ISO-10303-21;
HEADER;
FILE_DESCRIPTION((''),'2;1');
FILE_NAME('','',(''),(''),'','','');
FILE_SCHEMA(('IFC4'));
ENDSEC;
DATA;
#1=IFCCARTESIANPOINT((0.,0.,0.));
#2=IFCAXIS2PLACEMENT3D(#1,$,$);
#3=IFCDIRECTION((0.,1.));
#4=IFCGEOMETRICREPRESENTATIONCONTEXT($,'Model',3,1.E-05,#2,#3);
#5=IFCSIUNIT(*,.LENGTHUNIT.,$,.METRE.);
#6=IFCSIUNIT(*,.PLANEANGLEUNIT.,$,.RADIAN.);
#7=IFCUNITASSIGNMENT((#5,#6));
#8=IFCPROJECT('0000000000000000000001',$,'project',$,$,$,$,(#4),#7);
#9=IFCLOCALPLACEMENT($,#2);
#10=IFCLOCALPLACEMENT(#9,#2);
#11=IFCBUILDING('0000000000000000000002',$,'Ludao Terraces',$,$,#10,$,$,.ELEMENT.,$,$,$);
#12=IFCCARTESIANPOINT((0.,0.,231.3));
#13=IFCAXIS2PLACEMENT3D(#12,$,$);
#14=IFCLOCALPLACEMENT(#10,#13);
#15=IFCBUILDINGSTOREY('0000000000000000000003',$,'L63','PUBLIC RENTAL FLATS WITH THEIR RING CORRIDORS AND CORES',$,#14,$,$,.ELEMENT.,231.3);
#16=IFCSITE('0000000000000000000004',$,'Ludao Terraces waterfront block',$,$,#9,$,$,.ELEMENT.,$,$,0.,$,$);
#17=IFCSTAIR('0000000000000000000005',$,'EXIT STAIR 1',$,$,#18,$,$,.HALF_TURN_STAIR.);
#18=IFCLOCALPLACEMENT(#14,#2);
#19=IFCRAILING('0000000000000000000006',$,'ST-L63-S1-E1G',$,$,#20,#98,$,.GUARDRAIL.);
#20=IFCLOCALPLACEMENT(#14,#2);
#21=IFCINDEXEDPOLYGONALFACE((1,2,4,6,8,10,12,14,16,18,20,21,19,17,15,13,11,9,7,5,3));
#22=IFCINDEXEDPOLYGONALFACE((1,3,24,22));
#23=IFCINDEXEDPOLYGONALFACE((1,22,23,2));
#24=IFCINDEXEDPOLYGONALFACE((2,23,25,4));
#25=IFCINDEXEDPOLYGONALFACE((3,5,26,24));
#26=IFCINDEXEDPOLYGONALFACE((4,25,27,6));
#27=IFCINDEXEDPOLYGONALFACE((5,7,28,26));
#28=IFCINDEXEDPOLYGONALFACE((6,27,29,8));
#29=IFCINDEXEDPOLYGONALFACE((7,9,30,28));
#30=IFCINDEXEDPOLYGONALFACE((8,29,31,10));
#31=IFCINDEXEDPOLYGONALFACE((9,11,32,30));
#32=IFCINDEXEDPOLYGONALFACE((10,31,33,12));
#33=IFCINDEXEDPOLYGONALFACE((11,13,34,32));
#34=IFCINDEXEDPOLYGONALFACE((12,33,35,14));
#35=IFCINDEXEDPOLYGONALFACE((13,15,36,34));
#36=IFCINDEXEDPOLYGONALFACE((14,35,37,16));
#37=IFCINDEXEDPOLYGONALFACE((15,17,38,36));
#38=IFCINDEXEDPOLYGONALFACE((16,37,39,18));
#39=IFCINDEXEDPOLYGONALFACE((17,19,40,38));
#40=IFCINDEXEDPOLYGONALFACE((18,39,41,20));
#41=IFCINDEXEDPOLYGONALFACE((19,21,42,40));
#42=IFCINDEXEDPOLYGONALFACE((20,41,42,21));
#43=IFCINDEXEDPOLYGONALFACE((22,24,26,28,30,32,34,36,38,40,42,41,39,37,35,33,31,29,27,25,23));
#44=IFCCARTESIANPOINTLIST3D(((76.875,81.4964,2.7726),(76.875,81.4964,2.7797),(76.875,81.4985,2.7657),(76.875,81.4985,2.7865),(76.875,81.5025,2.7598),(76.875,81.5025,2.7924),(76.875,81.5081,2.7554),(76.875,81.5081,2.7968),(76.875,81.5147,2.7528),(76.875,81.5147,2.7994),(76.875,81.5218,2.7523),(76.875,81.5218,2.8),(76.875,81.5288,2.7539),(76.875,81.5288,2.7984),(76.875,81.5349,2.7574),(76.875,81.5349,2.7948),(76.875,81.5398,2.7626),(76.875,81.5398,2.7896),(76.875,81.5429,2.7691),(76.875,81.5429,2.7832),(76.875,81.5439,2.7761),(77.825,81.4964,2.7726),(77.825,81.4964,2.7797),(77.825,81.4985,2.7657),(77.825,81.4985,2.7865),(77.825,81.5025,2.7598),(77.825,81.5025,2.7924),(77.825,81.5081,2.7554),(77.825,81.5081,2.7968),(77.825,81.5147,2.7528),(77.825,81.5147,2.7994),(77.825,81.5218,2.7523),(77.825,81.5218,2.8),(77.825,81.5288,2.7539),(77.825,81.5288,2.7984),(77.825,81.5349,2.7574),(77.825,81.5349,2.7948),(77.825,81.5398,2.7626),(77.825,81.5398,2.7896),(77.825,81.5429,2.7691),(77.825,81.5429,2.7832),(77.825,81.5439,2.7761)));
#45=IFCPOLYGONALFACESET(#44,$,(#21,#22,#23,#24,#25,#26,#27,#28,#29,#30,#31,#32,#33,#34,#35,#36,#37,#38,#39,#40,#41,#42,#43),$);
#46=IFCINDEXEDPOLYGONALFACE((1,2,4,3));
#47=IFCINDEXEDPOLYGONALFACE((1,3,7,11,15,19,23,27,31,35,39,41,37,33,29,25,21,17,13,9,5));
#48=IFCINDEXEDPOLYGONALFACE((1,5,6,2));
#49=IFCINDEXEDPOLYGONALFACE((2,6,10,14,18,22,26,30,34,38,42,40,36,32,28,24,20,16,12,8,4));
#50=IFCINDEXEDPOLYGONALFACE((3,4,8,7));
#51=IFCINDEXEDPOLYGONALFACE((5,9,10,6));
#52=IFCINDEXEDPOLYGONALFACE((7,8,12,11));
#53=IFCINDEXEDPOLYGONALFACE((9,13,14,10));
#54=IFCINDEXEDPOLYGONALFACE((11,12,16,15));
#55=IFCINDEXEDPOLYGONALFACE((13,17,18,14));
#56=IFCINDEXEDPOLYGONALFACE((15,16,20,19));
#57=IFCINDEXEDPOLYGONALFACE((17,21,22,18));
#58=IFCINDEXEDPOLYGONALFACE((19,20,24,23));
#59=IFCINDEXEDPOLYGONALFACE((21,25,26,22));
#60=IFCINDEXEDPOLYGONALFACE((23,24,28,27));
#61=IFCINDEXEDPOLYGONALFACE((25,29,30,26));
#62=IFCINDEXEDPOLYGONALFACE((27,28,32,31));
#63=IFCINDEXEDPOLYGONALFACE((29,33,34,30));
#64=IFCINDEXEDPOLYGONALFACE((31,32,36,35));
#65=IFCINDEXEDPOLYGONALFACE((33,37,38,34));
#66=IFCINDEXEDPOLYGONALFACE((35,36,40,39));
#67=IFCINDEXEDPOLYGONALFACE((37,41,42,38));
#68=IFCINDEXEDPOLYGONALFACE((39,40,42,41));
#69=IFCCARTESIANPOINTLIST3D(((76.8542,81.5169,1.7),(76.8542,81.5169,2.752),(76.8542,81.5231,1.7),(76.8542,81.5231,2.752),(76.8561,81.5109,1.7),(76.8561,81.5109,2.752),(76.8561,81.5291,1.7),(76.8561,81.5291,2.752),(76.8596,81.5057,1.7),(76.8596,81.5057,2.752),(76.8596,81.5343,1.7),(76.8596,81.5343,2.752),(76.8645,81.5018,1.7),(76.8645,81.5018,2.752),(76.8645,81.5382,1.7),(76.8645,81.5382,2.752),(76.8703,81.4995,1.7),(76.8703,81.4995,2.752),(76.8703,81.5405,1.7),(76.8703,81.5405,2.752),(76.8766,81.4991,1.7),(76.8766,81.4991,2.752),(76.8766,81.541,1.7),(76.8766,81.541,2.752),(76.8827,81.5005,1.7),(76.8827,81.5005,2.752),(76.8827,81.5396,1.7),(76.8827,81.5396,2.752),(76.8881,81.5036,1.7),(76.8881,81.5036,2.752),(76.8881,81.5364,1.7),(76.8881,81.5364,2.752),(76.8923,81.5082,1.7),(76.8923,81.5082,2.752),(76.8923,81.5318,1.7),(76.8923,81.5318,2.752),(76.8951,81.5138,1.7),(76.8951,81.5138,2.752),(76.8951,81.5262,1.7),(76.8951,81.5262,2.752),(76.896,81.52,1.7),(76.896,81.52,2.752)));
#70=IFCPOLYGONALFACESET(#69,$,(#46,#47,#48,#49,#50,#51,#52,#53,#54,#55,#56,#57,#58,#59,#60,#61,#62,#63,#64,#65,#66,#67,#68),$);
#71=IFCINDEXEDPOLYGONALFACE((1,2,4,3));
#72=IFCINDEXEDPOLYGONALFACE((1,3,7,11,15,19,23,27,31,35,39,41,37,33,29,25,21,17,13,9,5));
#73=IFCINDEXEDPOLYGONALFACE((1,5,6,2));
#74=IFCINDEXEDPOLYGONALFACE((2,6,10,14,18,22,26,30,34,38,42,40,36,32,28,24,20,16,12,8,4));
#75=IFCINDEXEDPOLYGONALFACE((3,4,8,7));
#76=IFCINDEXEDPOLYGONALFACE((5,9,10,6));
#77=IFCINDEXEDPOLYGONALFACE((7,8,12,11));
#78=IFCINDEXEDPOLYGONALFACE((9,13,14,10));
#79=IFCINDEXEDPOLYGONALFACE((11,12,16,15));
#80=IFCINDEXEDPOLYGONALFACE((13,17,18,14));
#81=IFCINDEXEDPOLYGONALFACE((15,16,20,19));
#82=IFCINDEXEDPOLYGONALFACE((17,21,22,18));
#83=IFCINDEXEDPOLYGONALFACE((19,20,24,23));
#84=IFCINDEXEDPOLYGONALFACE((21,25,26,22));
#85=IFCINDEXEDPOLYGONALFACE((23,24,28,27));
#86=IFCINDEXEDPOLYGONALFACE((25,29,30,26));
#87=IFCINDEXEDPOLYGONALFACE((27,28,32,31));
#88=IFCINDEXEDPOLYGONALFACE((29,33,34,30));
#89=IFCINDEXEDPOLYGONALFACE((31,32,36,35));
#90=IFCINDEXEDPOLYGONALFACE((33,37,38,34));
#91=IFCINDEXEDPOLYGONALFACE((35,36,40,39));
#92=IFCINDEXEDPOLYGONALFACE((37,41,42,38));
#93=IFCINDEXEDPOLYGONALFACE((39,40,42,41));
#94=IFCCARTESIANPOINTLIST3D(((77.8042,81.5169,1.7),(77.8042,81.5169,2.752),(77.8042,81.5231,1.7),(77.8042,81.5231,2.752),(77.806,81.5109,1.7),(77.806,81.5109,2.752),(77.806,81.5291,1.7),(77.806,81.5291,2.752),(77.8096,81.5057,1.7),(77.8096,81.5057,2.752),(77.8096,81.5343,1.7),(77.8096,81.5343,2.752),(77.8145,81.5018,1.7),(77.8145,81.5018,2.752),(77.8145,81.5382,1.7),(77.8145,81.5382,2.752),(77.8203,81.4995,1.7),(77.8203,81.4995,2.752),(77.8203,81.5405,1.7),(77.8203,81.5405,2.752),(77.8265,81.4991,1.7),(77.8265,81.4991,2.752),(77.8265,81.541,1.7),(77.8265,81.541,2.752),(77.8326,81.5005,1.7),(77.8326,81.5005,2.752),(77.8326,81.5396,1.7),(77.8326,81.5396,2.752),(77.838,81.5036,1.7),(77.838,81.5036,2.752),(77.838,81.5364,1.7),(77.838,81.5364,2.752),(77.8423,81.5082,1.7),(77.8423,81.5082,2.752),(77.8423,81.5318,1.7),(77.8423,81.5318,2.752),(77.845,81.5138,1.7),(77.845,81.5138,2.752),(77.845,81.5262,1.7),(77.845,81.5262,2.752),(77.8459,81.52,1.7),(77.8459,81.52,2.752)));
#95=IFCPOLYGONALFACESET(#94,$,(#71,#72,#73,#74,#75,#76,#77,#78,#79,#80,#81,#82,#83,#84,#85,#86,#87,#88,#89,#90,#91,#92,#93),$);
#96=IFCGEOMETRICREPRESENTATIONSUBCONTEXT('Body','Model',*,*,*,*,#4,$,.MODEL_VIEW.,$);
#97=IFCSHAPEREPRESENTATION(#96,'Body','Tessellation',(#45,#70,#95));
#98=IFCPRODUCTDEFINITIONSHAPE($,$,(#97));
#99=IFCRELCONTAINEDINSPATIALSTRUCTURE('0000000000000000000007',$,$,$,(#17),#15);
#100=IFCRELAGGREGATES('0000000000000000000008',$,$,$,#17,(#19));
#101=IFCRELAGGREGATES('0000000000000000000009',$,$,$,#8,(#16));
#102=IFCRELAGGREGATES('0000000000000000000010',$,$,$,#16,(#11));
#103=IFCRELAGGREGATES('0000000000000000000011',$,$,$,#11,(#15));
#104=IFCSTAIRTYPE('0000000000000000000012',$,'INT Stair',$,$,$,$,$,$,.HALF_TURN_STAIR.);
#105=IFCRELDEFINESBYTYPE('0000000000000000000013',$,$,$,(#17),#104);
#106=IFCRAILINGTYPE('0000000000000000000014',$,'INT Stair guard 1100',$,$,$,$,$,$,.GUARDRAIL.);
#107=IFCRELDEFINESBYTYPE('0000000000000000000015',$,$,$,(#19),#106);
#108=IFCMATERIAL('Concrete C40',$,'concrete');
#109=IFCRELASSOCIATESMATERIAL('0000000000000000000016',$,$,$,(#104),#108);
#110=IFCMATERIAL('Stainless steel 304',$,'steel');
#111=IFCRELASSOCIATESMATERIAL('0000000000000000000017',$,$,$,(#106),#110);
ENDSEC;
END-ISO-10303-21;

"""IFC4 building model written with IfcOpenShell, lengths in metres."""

from ifc_helpers import new_model, si_unit, direction, frame, origin, origin_2d, place, context, subcontext, project, spatial, circle, extrude, material, type_object, element, aggregate, save


model = new_model("IFC4")

# Units and contexts
model_context = context("Model", 3, precision=1e-05, world=origin(), true_north=direction((0.0, 1.0)))
body_context = subcontext(model_context, "Body", "Model", "MODEL_VIEW")
ifc_project = project(units=[si_unit("LENGTHUNIT", "METRE"), si_unit("PLANEANGLEUNIT", "RADIAN")], contexts=[model_context])

# Site, building, storey
site_placement = place(None, origin())
site = spatial("IfcSite", under=ifc_project, at=site_placement, Name="Ludao Terraces waterfront block", CompositionType="ELEMENT", RefElevation=0.0)
building_placement = place(site_placement, origin())
building = spatial("IfcBuilding", under=site, at=building_placement, Name="Ludao Terraces", CompositionType="ELEMENT")
storey_placement = place(building_placement, frame((0.0, 0.0, 231.3)))
storey = spatial("IfcBuildingStorey", under=building, at=storey_placement, Name="L63", Description="PUBLIC RENTAL FLATS WITH THEIR RING CORRIDORS AND CORES", CompositionType="ELEMENT", Elevation=231.3)

# Shared definitions
ifc_material_1 = material(Name="Concrete C40", Category="concrete")

# Stair, railing
stair_type = type_object("IfcStairType", Name="INT Stair", PredefinedType="HALF_TURN_STAIR", material=ifc_material_1)
stair_placement = place(storey_placement, origin())
stair = element("IfcStair", 1, at=stair_placement, inside=storey, type_object=stair_type, Name="EXIT STAIR 1", PredefinedType="HALF_TURN_STAIR")
ifc_material_2 = material(Name="Stainless steel 304", Category="steel")
railing_type_1 = type_object("IfcRailingType", Name="INT Stair guard 1100", PredefinedType="GUARDRAIL", material=ifc_material_2)
railing_1_placement = place(storey_placement, frame((76.875, 81.52, 1.7)))
railing_1 = element("IfcRailing", 2, at=railing_1_placement, type_object=railing_type_1, Name="ST-L63-S1-E1G", PredefinedType="GUARDRAIL", context=body_context, shape_type="SweptSolid", body=[
    extrude(circle(Radius=0.0239, at=origin_2d()), frame((0.0, 0.0, 1.0762), z_axis=(1.0, 0.0, 0.0), x_axis=(0.0, 1.0, 0.0)), (0.0, 0.0, 1.0), 0.95),
    extrude(circle(Radius=0.021, at=origin_2d()), origin(), (0.0, 0.0, 1.0), 1.052),
    extrude(circle(Radius=0.021, at=origin_2d()), frame((0.95, 0.0, 0.0)), (0.0, 0.0, 1.0), 1.052),
])
aggregate(stair, [railing_1])

save(model, "model.ifc")
